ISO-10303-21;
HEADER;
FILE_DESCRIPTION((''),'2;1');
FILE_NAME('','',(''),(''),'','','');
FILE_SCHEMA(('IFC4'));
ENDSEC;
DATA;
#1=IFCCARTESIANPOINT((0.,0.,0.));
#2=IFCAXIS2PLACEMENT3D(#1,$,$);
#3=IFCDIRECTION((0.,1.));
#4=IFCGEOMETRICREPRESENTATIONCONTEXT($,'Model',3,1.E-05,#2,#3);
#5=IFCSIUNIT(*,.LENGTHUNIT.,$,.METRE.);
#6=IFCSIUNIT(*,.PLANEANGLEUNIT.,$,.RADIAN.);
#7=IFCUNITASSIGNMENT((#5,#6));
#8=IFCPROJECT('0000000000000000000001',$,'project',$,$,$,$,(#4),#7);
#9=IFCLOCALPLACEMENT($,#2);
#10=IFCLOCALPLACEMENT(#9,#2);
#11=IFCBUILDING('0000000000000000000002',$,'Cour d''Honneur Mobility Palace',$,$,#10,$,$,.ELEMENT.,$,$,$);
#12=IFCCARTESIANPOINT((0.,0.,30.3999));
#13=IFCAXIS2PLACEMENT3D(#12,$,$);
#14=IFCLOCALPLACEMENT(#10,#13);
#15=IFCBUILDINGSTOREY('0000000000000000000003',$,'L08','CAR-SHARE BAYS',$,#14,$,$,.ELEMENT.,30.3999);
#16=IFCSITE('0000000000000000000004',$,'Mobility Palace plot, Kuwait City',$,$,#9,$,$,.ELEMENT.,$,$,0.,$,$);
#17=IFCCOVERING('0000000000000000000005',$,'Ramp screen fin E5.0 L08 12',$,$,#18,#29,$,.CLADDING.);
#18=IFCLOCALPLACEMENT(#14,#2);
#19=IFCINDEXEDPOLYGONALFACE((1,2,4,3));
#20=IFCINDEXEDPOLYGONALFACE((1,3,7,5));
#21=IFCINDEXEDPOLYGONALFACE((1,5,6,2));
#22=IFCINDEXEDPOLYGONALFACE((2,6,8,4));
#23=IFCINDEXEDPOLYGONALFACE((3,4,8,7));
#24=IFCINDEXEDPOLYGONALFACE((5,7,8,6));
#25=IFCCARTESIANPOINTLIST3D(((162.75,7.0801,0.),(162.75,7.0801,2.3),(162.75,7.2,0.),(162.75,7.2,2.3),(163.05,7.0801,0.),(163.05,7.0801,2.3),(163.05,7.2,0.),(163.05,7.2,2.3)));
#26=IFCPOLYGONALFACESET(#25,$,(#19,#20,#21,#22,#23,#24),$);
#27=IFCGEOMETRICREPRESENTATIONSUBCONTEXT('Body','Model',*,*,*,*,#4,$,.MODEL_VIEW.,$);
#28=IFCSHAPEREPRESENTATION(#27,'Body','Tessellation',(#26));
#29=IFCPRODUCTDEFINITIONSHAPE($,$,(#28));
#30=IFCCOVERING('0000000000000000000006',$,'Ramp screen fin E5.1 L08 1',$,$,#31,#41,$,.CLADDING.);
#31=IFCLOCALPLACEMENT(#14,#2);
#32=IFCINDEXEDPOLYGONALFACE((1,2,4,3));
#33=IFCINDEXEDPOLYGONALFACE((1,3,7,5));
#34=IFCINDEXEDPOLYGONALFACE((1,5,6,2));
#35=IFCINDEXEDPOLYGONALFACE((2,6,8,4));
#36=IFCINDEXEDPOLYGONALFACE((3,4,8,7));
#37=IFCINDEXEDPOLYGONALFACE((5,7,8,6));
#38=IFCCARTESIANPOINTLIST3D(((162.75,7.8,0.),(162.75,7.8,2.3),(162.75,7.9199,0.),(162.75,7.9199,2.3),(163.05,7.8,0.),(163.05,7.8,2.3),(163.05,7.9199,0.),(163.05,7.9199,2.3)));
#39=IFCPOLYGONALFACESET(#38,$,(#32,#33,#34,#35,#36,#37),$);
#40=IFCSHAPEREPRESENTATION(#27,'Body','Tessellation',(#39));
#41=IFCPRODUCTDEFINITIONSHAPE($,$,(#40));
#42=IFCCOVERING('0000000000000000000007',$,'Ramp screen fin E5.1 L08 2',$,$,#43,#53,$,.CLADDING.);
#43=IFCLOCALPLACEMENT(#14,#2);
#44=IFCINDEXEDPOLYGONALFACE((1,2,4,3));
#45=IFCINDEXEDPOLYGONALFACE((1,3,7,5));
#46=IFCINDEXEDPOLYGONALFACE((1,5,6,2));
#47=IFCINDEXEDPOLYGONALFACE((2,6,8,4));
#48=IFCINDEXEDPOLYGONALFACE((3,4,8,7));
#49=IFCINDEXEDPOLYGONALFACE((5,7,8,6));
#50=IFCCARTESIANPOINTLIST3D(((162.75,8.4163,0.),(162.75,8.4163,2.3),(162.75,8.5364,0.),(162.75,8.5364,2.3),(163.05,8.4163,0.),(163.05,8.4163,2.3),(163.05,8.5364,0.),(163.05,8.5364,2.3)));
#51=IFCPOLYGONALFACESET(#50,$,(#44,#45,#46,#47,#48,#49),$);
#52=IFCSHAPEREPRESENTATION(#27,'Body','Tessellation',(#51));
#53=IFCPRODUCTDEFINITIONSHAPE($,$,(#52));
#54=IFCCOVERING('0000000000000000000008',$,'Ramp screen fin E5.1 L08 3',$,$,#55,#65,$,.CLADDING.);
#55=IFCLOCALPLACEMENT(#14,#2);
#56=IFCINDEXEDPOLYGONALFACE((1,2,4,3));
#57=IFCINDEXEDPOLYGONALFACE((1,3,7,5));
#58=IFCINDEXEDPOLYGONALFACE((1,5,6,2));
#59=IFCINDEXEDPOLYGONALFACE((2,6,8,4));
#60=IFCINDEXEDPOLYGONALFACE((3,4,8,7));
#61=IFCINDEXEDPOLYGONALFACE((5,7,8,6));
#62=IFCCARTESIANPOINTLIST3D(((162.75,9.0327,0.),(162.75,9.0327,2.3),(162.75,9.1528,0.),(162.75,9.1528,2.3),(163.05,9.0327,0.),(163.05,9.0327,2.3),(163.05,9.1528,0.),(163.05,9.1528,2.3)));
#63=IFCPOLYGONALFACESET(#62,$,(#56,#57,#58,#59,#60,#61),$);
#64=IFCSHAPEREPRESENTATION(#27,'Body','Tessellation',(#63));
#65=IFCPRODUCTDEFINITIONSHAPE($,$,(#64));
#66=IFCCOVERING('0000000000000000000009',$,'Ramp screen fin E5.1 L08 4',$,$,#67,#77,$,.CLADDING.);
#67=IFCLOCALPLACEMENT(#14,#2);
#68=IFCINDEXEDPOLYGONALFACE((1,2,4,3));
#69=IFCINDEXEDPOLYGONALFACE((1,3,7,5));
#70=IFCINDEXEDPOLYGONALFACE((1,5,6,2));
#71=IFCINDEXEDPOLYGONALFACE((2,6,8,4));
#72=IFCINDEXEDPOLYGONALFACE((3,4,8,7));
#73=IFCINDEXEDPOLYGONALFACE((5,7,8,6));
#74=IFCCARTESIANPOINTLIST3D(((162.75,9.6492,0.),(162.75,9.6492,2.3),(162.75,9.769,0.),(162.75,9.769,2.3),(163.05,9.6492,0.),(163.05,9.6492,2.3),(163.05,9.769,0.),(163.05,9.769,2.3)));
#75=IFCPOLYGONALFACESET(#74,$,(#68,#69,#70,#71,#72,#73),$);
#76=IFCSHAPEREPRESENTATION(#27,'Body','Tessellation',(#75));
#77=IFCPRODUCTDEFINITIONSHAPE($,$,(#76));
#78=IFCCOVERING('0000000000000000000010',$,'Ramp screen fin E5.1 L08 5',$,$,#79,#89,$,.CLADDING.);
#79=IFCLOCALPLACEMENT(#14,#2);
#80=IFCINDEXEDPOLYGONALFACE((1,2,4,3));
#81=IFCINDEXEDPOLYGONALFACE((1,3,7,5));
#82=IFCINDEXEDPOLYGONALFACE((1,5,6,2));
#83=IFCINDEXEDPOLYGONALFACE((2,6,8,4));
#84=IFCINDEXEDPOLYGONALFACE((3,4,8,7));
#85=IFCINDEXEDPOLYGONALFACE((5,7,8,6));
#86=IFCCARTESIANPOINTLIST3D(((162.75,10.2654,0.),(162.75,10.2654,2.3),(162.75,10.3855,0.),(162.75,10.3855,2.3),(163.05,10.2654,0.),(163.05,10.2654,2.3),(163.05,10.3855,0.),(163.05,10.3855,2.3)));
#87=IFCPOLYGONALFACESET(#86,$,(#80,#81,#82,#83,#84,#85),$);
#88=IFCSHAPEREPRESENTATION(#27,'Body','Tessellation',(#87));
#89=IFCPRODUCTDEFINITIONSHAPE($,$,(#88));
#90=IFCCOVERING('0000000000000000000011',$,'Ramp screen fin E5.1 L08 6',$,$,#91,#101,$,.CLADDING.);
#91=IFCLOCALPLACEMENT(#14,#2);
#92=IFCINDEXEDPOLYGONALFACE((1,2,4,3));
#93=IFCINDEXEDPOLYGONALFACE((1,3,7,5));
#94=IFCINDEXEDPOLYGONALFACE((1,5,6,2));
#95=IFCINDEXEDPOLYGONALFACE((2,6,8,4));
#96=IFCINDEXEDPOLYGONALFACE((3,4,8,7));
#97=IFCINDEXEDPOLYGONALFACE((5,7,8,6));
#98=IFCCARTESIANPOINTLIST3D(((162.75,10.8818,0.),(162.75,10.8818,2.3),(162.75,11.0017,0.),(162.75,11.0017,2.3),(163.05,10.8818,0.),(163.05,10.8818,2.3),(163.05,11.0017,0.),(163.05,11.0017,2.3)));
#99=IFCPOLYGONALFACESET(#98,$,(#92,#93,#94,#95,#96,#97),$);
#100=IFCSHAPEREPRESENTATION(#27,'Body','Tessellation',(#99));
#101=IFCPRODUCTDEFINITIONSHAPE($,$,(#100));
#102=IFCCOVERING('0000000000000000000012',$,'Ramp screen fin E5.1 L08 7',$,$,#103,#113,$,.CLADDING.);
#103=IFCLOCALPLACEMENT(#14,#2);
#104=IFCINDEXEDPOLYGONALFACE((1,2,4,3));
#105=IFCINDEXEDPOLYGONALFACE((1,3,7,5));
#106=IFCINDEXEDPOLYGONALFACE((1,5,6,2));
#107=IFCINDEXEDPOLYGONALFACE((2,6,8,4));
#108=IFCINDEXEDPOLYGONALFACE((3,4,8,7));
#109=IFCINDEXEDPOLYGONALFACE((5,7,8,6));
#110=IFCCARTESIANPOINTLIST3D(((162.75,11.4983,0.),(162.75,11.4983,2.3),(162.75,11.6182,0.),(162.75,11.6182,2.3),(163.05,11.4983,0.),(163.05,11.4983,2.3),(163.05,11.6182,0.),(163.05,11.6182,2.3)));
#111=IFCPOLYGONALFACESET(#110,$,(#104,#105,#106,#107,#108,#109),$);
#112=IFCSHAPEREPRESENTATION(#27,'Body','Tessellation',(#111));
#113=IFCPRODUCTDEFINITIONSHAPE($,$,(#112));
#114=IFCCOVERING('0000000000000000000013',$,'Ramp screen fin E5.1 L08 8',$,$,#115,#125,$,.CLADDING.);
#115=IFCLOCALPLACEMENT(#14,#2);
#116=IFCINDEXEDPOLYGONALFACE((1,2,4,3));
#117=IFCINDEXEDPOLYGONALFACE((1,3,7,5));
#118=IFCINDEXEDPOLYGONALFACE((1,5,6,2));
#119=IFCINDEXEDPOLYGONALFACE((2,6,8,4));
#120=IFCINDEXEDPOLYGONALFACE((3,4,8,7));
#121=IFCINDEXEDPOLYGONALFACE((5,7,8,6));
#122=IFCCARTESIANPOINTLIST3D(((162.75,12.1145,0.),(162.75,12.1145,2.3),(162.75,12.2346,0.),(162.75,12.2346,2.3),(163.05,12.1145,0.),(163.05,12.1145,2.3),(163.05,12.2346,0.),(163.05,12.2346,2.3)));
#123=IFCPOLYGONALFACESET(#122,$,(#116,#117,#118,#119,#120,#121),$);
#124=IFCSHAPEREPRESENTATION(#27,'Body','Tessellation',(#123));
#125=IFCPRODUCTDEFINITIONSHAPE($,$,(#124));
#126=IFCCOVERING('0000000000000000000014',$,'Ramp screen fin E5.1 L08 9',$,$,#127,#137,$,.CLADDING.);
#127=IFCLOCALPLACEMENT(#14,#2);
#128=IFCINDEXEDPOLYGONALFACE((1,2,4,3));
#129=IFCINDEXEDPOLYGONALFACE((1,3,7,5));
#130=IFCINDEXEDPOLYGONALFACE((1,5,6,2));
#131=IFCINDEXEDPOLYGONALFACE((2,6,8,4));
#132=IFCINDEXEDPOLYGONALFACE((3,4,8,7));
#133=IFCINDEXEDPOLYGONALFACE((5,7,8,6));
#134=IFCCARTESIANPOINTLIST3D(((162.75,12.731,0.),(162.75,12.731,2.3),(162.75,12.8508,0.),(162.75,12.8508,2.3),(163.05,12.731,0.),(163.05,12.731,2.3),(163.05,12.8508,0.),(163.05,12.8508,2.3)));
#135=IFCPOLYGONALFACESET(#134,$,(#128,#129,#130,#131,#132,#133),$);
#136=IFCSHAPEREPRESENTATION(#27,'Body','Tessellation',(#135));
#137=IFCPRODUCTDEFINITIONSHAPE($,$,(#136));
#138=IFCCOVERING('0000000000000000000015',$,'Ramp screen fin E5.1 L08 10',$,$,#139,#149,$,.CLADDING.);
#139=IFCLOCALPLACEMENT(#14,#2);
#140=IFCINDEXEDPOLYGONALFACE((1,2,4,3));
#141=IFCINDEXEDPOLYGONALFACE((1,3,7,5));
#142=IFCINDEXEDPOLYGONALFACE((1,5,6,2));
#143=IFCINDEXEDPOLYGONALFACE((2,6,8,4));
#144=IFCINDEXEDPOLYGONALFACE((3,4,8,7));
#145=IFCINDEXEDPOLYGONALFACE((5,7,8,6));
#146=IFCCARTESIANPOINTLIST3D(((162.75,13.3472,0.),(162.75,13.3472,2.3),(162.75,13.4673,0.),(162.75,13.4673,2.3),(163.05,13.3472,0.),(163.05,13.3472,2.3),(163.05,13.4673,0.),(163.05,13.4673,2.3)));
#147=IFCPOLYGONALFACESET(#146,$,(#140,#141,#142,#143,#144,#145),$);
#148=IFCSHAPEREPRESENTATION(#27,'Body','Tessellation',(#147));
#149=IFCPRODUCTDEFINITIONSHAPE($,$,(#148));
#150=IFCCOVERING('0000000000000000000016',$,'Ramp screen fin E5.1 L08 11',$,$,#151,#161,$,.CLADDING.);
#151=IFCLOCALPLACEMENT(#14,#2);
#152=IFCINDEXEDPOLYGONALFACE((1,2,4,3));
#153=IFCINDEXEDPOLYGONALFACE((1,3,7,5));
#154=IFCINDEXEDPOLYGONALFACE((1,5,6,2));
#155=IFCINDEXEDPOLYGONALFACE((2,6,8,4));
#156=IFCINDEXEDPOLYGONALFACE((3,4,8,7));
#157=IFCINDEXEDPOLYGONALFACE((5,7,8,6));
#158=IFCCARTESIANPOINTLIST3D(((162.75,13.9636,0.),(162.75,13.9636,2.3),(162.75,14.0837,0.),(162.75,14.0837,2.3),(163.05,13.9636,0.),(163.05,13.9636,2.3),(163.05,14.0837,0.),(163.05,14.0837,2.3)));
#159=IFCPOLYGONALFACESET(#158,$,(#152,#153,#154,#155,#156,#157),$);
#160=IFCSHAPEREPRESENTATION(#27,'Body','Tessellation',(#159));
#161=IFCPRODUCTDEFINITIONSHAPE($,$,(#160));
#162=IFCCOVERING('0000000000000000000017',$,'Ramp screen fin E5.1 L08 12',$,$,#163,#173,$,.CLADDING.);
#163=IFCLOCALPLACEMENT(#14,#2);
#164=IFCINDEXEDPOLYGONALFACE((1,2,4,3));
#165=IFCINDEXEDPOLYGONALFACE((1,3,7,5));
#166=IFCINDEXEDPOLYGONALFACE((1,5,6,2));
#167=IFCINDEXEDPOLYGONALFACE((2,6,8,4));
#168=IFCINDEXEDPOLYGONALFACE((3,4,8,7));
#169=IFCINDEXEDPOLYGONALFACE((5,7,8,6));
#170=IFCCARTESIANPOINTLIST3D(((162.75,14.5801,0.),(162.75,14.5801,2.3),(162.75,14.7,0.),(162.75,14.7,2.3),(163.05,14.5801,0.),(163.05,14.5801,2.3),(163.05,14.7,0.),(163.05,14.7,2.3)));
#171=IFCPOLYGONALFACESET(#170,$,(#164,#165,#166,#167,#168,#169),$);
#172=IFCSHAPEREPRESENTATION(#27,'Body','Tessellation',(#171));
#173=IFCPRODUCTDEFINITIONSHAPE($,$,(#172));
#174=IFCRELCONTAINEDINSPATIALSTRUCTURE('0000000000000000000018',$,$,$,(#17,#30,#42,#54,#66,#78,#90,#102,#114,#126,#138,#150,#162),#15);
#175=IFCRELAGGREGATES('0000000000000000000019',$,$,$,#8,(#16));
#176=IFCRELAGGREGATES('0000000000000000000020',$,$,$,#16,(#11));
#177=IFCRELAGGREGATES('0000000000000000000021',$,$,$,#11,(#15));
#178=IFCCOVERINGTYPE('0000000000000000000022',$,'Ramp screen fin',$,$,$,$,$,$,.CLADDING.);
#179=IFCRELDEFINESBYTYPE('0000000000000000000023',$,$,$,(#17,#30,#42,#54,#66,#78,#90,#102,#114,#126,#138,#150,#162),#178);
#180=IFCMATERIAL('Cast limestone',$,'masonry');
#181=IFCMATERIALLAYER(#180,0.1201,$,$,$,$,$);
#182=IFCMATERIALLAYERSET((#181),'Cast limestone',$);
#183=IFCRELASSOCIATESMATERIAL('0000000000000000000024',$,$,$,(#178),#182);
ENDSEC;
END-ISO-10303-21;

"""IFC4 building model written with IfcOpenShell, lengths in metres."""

from ifc_helpers import new_model, si_unit, direction, frame, origin, place, context, subcontext, project, spatial, polyline, outline, extrude, material, layer, layer_set, type_object, element, save


model = new_model("IFC4")

# Units and contexts
model_context = context("Model", 3, precision=1e-05, world=origin(), true_north=direction((0.0, 1.0)))
body_context = subcontext(model_context, "Body", "Model", "MODEL_VIEW")
ifc_project = project(units=[si_unit("LENGTHUNIT", "METRE"), si_unit("PLANEANGLEUNIT", "RADIAN")], contexts=[model_context])

# Site, building, storey
site_placement = place(None, origin())
site = spatial("IfcSite", under=ifc_project, at=site_placement, Name="Mobility Palace plot, Kuwait City", CompositionType="ELEMENT", RefElevation=0.0)
building_placement = place(site_placement, origin())
building = spatial("IfcBuilding", under=site, at=building_placement, Name="Cour d'Honneur Mobility Palace", CompositionType="ELEMENT")
storey_placement = place(building_placement, frame((0.0, 0.0, 30.3999)))
storey = spatial("IfcBuildingStorey", under=building, at=storey_placement, Name="L08", Description="CAR-SHARE BAYS", CompositionType="ELEMENT", Elevation=30.3999)

# Coverings
ifc_material = material(Name="Cast limestone", Category="masonry")
ifc_layer = layer(ifc_material, 0.1201)
ifc_layer_set = layer_set([ifc_layer], Name="Cast limestone")
covering_type = type_object("IfcCoveringType", Name="Ramp screen fin", PredefinedType="CLADDING", material=ifc_layer_set)
covering_1_placement = place(storey_placement, origin())
element("IfcCovering", 1, at=covering_1_placement, inside=storey, type_object=covering_type, Name="Ramp screen fin E5.0 L08 12", PredefinedType="CLADDING", context=body_context, shape_type="SweptSolid", body=[
    extrude(outline(polyline([(162.75, 7.0801), (162.75, 7.2), (163.05, 7.2), (163.05, 7.0801), (162.75, 7.0801)])), origin(), (0.0, 0.0, 1.0), 2.3),
])
covering_2_placement = place(storey_placement, origin())
element("IfcCovering", 2, at=covering_2_placement, inside=storey, type_object=covering_type, Name="Ramp screen fin E5.1 L08 1", PredefinedType="CLADDING", context=body_context, shape_type="SweptSolid", body=[
    extrude(outline(polyline([(162.75, 7.8), (162.75, 7.9199), (163.05, 7.9199), (163.05, 7.8), (162.75, 7.8)])), origin(), (0.0, 0.0, 1.0), 2.3),
])
covering_3_placement = place(storey_placement, origin())
element("IfcCovering", 3, at=covering_3_placement, inside=storey, type_object=covering_type, Name="Ramp screen fin E5.1 L08 2", PredefinedType="CLADDING", context=body_context, shape_type="SweptSolid", body=[
    extrude(outline(polyline([(162.75, 8.4163), (162.75, 8.5364), (163.05, 8.5364), (163.05, 8.4163), (162.75, 8.4163)])), origin(), (0.0, 0.0, 1.0), 2.3),
])
covering_4_placement = place(storey_placement, origin())
element("IfcCovering", 4, at=covering_4_placement, inside=storey, type_object=covering_type, Name="Ramp screen fin E5.1 L08 3", PredefinedType="CLADDING", context=body_context, shape_type="SweptSolid", body=[
    extrude(outline(polyline([(162.75, 9.0327), (162.75, 9.1528), (163.05, 9.1528), (163.05, 9.0327), (162.75, 9.0327)])), origin(), (0.0, 0.0, 1.0), 2.3),
])
covering_5_placement = place(storey_placement, origin())
element("IfcCovering", 5, at=covering_5_placement, inside=storey, type_object=covering_type, Name="Ramp screen fin E5.1 L08 4", PredefinedType="CLADDING", context=body_context, shape_type="SweptSolid", body=[
    extrude(outline(polyline([(162.75, 9.6492), (162.75, 9.769), (163.05, 9.769), (163.05, 9.6492), (162.75, 9.6492)])), origin(), (0.0, 0.0, 1.0), 2.3),
])
covering_6_placement = place(storey_placement, origin())
element("IfcCovering", 6, at=covering_6_placement, inside=storey, type_object=covering_type, Name="Ramp screen fin E5.1 L08 5", PredefinedType="CLADDING", context=body_context, shape_type="SweptSolid", body=[
    extrude(outline(polyline([(162.75, 10.2654), (162.75, 10.3855), (163.05, 10.3855), (163.05, 10.2654), (162.75, 10.2654)])), origin(), (0.0, 0.0, 1.0), 2.3),
])
covering_7_placement = place(storey_placement, origin())
element("IfcCovering", 7, at=covering_7_placement, inside=storey, type_object=covering_type, Name="Ramp screen fin E5.1 L08 6", PredefinedType="CLADDING", context=body_context, shape_type="SweptSolid", body=[
    extrude(outline(polyline([(162.75, 10.8818), (162.75, 11.0017), (163.05, 11.0017), (163.05, 10.8818), (162.75, 10.8818)])), origin(), (0.0, 0.0, 1.0), 2.3),
])
covering_8_placement = place(storey_placement, origin())
element("IfcCovering", 8, at=covering_8_placement, inside=storey, type_object=covering_type, Name="Ramp screen fin E5.1 L08 7", PredefinedType="CLADDING", context=body_context, shape_type="SweptSolid", body=[
    extrude(outline(polyline([(162.75, 11.4983), (162.75, 11.6182), (163.05, 11.6182), (163.05, 11.4983), (162.75, 11.4983)])), origin(), (0.0, 0.0, 1.0), 2.3),
])
covering_9_placement = place(storey_placement, origin())
element("IfcCovering", 9, at=covering_9_placement, inside=storey, type_object=covering_type, Name="Ramp screen fin E5.1 L08 8", PredefinedType="CLADDING", context=body_context, shape_type="SweptSolid", body=[
    extrude(outline(polyline([(162.75, 12.1145), (162.75, 12.2346), (163.05, 12.2346), (163.05, 12.1145), (162.75, 12.1145)])), origin(), (0.0, 0.0, 1.0), 2.3),
])
covering_10_placement = place(storey_placement, origin())
element("IfcCovering", 10, at=covering_10_placement, inside=storey, type_object=covering_type, Name="Ramp screen fin E5.1 L08 9", PredefinedType="CLADDING", context=body_context, shape_type="SweptSolid", body=[
    extrude(outline(polyline([(162.75, 12.731), (162.75, 12.8508), (163.05, 12.8508), (163.05, 12.731), (162.75, 12.731)])), origin(), (0.0, 0.0, 1.0), 2.3),
])
covering_11_placement = place(storey_placement, origin())
element("IfcCovering", 11, at=covering_11_placement, inside=storey, type_object=covering_type, Name="Ramp screen fin E5.1 L08 10", PredefinedType="CLADDING", context=body_context, shape_type="SweptSolid", body=[
    extrude(outline(polyline([(162.75, 13.3472), (162.75, 13.4673), (163.05, 13.4673), (163.05, 13.3472), (162.75, 13.3472)])), origin(), (0.0, 0.0, 1.0), 2.3),
])
covering_12_placement = place(storey_placement, origin())
element("IfcCovering", 12, at=covering_12_placement, inside=storey, type_object=covering_type, Name="Ramp screen fin E5.1 L08 11", PredefinedType="CLADDING", context=body_context, shape_type="SweptSolid", body=[
    extrude(outline(polyline([(162.75, 13.9636), (162.75, 14.0837), (163.05, 14.0837), (163.05, 13.9636), (162.75, 13.9636)])), origin(), (0.0, 0.0, 1.0), 2.3),
])
covering_13_placement = place(storey_placement, origin())
element("IfcCovering", 13, at=covering_13_placement, inside=storey, type_object=covering_type, Name="Ramp screen fin E5.1 L08 12", PredefinedType="CLADDING", context=body_context, shape_type="SweptSolid", body=[
    extrude(outline(polyline([(162.75, 14.5801), (162.75, 14.7), (163.05, 14.7), (163.05, 14.5801), (162.75, 14.5801)])), origin(), (0.0, 0.0, 1.0), 2.3),
])

save(model, "model.ifc")
